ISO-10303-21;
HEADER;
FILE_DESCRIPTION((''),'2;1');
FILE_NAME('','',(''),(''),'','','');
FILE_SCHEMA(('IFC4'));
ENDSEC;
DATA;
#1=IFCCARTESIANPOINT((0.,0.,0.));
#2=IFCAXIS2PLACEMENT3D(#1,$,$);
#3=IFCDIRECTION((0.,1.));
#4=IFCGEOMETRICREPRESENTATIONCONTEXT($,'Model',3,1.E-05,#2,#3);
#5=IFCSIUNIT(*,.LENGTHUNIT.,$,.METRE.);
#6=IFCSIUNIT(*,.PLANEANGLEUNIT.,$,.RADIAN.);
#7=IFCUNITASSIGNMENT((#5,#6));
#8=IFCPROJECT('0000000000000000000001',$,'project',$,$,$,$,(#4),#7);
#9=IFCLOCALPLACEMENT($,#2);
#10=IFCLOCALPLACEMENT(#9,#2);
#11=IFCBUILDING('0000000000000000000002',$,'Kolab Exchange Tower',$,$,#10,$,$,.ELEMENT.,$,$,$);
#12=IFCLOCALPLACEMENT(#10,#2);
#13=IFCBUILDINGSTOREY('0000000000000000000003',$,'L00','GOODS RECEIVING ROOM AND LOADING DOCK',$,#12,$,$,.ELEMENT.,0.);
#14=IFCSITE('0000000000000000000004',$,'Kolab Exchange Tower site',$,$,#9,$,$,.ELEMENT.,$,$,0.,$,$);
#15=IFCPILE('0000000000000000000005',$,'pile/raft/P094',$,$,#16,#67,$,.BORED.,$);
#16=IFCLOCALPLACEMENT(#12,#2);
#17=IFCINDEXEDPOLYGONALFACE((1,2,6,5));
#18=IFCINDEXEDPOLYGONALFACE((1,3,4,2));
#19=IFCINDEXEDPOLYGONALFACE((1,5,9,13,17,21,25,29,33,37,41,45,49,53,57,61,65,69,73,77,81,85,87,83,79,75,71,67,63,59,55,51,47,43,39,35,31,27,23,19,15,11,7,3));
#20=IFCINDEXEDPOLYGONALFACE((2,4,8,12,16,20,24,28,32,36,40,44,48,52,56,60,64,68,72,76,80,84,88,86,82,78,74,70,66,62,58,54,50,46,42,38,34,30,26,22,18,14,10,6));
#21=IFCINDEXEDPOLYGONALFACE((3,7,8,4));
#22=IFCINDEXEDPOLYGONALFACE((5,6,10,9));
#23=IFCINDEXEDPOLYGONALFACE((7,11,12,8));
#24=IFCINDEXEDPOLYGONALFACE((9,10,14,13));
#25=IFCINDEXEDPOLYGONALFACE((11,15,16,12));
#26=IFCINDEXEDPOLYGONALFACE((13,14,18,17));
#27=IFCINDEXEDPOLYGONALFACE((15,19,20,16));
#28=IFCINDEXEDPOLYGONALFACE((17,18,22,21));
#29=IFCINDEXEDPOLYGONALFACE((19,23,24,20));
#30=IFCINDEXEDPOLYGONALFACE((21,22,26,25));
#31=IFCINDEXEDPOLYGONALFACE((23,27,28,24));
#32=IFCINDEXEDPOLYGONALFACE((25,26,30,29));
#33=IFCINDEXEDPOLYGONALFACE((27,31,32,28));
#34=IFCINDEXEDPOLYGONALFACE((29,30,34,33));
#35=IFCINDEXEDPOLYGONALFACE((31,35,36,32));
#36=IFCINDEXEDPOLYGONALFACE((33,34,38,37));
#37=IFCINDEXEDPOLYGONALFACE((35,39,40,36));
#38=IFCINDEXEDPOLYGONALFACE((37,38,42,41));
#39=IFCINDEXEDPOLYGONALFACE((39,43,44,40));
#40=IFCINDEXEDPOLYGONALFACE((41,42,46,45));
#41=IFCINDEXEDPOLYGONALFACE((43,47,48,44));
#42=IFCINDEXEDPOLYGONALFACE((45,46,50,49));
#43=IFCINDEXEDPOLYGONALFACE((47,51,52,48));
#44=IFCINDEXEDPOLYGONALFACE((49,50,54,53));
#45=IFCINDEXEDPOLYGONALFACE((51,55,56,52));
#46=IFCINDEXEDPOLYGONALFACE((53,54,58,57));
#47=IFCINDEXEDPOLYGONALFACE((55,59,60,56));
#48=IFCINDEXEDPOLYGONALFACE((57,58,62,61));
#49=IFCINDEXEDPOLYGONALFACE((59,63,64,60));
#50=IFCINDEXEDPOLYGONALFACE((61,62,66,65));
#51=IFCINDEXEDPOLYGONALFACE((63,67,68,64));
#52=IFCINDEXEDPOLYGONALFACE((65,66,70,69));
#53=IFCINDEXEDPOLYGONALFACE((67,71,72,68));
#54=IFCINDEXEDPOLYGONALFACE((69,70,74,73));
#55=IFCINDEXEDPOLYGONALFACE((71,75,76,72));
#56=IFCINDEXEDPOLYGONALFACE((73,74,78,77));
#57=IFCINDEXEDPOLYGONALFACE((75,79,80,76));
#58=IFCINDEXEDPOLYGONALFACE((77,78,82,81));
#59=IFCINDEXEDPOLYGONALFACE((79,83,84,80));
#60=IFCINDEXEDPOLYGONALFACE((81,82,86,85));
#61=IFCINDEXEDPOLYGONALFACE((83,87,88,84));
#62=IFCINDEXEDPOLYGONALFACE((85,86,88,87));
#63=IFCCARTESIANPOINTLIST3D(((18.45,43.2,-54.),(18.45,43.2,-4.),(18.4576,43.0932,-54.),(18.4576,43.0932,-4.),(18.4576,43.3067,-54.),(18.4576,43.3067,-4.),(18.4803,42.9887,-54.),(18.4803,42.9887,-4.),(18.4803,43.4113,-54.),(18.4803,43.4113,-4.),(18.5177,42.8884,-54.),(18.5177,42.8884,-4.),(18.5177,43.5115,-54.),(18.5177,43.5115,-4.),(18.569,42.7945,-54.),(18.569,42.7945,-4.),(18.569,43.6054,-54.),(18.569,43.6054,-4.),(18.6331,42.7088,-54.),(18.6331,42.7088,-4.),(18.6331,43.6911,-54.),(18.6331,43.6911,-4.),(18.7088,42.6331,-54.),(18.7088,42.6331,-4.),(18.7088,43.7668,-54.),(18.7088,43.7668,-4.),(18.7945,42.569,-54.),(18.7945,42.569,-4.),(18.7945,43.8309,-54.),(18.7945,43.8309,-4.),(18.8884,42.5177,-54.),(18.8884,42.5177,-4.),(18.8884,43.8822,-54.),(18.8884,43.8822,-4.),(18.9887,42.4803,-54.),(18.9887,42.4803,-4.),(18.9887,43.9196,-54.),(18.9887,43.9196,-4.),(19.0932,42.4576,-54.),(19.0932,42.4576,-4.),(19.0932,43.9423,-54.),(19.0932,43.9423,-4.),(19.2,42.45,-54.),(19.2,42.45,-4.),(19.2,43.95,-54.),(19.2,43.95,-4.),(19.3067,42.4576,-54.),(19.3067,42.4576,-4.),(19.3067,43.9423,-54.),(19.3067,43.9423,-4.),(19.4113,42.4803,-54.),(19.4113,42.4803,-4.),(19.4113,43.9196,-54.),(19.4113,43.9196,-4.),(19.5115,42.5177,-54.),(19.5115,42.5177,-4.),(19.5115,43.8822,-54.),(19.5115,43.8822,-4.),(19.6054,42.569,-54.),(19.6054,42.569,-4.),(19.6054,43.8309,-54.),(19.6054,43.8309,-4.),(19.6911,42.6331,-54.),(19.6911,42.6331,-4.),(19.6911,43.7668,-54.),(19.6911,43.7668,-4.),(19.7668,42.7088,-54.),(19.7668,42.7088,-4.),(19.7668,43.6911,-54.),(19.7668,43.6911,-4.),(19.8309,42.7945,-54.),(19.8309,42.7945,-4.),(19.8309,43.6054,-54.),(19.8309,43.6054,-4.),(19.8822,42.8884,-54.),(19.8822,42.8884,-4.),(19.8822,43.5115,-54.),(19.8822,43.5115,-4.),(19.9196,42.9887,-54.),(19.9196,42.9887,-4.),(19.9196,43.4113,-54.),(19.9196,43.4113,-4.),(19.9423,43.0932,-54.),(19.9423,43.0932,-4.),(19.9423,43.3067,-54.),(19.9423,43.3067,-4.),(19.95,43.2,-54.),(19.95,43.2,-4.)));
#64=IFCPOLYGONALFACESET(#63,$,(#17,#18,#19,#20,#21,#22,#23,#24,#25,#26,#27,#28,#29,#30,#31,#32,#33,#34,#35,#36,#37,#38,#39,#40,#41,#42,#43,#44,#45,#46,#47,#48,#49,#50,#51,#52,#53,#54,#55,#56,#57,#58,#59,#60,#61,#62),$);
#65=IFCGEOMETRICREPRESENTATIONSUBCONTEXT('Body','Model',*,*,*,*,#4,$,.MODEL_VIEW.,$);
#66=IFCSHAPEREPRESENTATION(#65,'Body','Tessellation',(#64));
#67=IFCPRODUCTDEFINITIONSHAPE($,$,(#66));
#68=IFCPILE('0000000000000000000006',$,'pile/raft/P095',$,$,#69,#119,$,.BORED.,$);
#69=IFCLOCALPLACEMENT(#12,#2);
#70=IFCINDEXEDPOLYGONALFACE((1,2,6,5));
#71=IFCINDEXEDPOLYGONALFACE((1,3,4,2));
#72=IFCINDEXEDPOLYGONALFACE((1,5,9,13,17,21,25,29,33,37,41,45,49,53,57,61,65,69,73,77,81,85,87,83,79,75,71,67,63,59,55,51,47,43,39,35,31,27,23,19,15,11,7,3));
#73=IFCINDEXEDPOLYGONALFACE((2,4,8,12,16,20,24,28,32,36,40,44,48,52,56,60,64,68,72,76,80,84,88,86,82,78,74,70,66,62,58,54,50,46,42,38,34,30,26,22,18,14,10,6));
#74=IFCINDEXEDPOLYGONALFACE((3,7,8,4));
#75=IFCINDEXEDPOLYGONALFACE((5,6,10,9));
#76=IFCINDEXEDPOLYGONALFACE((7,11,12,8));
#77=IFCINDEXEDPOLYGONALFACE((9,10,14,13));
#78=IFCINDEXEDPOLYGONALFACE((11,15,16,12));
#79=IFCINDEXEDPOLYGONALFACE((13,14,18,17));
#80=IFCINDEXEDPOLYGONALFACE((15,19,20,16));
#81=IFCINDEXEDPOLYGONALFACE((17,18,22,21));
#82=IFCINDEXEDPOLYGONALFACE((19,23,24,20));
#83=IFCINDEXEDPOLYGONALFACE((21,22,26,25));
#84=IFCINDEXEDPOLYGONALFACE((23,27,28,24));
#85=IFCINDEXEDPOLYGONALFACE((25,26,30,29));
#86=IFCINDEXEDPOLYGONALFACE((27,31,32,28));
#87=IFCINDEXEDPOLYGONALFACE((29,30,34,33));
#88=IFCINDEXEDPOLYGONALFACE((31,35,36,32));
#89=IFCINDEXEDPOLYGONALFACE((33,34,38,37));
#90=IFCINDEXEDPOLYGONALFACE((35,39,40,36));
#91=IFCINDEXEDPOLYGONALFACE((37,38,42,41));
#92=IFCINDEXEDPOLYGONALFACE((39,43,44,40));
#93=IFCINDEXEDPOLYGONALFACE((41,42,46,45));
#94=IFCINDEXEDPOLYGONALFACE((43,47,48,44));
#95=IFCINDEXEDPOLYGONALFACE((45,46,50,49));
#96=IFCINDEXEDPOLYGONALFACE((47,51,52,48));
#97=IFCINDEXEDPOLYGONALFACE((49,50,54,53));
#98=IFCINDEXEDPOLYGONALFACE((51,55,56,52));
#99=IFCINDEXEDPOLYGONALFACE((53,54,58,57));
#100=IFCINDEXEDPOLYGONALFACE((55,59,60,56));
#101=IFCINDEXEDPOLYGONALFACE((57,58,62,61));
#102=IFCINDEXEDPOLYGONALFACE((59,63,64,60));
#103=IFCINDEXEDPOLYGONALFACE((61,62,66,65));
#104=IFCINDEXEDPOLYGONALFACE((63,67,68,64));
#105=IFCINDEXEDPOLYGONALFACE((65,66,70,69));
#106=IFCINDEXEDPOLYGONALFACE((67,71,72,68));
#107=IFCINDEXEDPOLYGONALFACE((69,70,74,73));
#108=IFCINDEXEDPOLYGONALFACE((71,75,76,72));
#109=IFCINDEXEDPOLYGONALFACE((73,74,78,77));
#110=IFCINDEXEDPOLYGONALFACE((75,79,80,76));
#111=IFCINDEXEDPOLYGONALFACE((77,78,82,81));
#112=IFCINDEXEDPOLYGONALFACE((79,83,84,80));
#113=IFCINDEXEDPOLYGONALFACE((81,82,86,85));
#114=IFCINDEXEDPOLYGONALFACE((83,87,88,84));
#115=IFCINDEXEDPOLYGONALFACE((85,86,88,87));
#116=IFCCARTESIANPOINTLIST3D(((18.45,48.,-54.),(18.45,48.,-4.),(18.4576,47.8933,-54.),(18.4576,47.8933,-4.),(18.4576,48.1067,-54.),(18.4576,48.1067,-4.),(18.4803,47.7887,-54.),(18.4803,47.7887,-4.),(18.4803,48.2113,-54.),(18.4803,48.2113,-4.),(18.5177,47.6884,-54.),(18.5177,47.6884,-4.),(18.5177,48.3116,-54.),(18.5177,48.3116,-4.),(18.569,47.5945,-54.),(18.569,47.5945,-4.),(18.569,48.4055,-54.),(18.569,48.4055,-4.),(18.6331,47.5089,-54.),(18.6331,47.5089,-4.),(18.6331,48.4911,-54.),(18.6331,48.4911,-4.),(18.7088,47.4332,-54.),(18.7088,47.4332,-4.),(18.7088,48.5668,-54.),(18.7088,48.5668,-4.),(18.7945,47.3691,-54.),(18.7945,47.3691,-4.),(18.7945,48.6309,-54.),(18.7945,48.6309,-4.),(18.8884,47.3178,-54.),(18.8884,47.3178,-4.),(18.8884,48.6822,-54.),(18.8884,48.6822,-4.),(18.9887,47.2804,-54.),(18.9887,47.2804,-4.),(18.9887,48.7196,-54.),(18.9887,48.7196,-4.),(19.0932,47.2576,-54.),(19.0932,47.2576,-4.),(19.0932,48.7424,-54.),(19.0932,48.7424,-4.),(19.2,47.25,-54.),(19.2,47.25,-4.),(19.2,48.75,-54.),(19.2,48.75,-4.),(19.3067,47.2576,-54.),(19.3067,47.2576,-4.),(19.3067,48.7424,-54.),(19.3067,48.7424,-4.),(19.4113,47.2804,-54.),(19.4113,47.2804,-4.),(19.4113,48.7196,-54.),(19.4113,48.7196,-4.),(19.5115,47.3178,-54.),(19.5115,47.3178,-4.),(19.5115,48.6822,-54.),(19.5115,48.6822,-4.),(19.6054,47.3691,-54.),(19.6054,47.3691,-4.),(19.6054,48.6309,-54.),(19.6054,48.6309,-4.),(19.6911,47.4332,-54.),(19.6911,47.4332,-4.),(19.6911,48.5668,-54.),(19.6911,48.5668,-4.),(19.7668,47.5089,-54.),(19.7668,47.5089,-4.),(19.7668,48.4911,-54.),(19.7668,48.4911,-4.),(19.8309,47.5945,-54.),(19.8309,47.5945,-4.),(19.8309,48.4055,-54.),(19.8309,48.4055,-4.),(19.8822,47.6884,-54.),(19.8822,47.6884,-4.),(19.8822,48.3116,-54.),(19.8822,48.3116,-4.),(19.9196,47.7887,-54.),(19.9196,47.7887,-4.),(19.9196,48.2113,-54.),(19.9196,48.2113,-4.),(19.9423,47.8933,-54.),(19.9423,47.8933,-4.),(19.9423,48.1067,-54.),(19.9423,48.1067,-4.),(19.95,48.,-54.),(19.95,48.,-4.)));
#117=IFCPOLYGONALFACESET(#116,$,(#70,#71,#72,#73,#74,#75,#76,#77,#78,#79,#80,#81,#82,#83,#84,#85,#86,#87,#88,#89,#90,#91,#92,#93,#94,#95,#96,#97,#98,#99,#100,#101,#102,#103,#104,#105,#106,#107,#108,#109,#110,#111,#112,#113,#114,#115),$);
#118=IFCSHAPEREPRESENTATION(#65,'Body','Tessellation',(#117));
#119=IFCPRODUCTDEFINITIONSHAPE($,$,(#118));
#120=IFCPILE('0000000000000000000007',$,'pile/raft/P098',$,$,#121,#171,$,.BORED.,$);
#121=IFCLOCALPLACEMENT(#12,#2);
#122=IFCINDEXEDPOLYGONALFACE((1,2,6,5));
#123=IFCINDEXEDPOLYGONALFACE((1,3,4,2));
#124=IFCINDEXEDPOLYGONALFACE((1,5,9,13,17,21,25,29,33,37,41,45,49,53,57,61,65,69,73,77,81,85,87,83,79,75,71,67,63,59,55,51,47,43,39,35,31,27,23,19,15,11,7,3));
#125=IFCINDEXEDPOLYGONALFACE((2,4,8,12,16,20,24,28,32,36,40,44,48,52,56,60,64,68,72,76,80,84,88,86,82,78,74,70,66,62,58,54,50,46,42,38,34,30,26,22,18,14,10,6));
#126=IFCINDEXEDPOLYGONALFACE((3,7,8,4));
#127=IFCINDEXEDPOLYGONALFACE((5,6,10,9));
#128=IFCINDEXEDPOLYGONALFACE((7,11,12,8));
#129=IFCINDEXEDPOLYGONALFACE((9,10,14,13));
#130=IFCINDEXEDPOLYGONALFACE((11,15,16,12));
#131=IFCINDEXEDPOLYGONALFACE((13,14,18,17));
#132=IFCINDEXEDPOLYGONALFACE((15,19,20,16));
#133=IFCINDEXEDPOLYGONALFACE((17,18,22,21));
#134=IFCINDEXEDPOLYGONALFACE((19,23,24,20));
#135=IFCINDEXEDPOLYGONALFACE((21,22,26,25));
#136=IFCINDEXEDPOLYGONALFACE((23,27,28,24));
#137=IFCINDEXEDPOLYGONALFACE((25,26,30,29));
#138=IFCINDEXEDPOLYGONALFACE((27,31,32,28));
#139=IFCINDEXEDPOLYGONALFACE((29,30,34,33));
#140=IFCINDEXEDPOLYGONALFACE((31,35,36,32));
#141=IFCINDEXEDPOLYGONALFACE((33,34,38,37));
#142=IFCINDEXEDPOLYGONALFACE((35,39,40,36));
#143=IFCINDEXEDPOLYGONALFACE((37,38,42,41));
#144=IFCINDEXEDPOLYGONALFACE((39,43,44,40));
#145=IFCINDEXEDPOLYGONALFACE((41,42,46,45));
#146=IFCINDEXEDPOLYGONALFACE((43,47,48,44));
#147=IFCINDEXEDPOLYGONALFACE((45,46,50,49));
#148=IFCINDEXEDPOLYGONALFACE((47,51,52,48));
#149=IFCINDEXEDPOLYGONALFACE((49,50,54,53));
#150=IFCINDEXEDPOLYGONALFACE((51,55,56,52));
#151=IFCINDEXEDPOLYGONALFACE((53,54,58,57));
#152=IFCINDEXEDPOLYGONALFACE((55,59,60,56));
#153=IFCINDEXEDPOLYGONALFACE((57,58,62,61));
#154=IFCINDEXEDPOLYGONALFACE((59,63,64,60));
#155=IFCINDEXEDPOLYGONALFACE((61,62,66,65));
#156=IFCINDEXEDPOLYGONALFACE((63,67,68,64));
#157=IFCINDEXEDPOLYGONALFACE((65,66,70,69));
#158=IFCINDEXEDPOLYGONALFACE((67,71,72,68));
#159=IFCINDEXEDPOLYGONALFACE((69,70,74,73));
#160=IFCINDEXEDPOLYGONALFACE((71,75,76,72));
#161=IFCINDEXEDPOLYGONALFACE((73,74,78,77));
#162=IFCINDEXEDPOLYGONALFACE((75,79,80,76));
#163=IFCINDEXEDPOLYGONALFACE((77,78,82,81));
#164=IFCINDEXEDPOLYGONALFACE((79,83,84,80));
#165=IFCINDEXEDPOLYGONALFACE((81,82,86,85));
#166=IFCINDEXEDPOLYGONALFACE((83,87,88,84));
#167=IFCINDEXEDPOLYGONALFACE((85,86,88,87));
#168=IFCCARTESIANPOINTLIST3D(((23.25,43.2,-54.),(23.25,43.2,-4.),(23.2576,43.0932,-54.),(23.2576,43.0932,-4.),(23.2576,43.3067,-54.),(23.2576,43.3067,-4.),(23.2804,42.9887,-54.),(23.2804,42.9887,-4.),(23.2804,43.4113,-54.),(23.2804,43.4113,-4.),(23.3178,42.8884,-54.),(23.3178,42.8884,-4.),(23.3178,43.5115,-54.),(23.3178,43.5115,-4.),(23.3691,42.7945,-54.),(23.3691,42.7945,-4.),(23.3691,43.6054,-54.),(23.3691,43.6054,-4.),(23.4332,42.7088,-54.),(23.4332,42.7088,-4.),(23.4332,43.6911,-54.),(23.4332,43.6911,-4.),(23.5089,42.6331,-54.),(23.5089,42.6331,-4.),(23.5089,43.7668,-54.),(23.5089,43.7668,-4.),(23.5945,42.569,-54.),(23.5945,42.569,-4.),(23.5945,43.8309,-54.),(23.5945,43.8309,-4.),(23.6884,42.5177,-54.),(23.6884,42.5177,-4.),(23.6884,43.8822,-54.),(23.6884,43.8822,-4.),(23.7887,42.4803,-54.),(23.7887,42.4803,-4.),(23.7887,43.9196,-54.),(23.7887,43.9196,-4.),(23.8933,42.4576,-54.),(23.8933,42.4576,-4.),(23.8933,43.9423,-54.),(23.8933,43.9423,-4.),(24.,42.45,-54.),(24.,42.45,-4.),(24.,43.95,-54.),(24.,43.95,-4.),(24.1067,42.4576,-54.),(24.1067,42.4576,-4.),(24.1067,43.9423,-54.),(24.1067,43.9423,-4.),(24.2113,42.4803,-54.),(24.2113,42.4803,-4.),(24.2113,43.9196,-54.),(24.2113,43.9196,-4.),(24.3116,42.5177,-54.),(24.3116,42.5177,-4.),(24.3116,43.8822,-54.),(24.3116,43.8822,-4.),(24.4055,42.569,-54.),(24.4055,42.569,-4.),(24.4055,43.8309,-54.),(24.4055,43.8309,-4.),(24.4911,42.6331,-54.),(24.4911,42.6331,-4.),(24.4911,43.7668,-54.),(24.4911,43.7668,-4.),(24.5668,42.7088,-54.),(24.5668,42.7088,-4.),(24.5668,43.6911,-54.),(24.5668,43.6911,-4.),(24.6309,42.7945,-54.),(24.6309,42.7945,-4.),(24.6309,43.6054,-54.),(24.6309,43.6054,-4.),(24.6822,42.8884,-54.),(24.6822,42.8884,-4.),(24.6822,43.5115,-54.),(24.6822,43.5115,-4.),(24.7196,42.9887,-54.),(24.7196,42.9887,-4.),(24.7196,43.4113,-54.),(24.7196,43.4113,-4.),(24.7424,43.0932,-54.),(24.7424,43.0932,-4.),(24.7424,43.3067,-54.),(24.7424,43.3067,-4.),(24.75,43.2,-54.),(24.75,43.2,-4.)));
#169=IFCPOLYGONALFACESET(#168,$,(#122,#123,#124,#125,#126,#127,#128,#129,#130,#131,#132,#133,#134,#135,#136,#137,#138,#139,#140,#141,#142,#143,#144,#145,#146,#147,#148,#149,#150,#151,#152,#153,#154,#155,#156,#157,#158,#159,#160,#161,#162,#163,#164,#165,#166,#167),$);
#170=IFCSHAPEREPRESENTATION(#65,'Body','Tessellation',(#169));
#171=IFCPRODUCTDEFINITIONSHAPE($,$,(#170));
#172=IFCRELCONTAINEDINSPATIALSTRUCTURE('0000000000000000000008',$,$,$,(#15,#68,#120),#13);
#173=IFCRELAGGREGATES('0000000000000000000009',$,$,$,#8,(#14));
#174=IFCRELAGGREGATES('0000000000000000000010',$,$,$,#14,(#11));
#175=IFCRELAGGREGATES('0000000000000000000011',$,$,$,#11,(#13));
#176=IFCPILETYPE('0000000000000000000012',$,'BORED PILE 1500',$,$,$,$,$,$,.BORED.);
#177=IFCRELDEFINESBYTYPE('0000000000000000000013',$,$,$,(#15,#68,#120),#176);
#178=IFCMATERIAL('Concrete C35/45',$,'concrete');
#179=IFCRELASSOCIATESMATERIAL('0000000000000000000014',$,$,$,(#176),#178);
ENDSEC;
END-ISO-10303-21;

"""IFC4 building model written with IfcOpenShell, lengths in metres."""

from ifc_helpers import new_model, si_unit, direction, frame, origin, origin_2d, place, context, subcontext, project, spatial, circle, extrude, material, material_profile, profile_set, type_object, element, save


model = new_model("IFC4")

# Units and contexts
model_context = context("Model", 3, precision=1e-05, world=origin(), true_north=direction((0.0, 1.0)))
body_context = subcontext(model_context, "Body", "Model", "MODEL_VIEW")
ifc_project = project(units=[si_unit("LENGTHUNIT", "METRE"), si_unit("PLANEANGLEUNIT", "RADIAN")], contexts=[model_context])

# Site, building, storey
site_placement = place(None, origin())
site = spatial("IfcSite", under=ifc_project, at=site_placement, Name="Kolab Exchange Tower site", CompositionType="ELEMENT", RefElevation=0.0)
building_placement = place(site_placement, origin())
building = spatial("IfcBuilding", under=site, at=building_placement, Name="Kolab Exchange Tower", CompositionType="ELEMENT")
storey_placement = place(building_placement, origin())
storey = spatial("IfcBuildingStorey", under=building, at=storey_placement, Name="L00", Description="GOODS RECEIVING ROOM AND LOADING DOCK", CompositionType="ELEMENT", Elevation=0.0)

# Piles
ifc_material_1 = material(Name="Concrete C35/45", Category="concrete")
ifc_material_profile_1 = material_profile(ifc_material_1, circle(Radius=0.75, at=origin_2d()), Name="BP1500")
ifc_profile_set_1 = profile_set([ifc_material_profile_1], Name="Concrete C35/45")
pile_type_1 = type_object("IfcPileType", Name="BORED PILE 1500", PredefinedType="BORED", material=ifc_profile_set_1)
for number, where, z_axis, x_axis, name in (
    (1, (19.2, 43.2, -4.0), (0.0, 0.0, -1.0), (1.0, 0.0, 0.0), "pile/raft/P094"),
    (2, (19.2, 48.0, -4.0), (0.0, 0.0, -1.0), (1.0, 0.0, 0.0), "pile/raft/P095"),
    (3, (24.0, 43.2, -4.0), (0.0, 0.0, -1.0), (1.0, 0.0, 0.0), "pile/raft/P098"),
):
    element("IfcPile", number, at=place(storey_placement, frame(where, z_axis=z_axis, x_axis=x_axis)), inside=storey, type_object=pile_type_1, Name=name, PredefinedType="BORED", context=body_context, shape_type="SweptSolid", body=[
        extrude(circle(Radius=0.75, at=origin_2d()), origin(), (0.0, 0.0, 1.0), 50.0),
    ])

save(model, "model.ifc")
